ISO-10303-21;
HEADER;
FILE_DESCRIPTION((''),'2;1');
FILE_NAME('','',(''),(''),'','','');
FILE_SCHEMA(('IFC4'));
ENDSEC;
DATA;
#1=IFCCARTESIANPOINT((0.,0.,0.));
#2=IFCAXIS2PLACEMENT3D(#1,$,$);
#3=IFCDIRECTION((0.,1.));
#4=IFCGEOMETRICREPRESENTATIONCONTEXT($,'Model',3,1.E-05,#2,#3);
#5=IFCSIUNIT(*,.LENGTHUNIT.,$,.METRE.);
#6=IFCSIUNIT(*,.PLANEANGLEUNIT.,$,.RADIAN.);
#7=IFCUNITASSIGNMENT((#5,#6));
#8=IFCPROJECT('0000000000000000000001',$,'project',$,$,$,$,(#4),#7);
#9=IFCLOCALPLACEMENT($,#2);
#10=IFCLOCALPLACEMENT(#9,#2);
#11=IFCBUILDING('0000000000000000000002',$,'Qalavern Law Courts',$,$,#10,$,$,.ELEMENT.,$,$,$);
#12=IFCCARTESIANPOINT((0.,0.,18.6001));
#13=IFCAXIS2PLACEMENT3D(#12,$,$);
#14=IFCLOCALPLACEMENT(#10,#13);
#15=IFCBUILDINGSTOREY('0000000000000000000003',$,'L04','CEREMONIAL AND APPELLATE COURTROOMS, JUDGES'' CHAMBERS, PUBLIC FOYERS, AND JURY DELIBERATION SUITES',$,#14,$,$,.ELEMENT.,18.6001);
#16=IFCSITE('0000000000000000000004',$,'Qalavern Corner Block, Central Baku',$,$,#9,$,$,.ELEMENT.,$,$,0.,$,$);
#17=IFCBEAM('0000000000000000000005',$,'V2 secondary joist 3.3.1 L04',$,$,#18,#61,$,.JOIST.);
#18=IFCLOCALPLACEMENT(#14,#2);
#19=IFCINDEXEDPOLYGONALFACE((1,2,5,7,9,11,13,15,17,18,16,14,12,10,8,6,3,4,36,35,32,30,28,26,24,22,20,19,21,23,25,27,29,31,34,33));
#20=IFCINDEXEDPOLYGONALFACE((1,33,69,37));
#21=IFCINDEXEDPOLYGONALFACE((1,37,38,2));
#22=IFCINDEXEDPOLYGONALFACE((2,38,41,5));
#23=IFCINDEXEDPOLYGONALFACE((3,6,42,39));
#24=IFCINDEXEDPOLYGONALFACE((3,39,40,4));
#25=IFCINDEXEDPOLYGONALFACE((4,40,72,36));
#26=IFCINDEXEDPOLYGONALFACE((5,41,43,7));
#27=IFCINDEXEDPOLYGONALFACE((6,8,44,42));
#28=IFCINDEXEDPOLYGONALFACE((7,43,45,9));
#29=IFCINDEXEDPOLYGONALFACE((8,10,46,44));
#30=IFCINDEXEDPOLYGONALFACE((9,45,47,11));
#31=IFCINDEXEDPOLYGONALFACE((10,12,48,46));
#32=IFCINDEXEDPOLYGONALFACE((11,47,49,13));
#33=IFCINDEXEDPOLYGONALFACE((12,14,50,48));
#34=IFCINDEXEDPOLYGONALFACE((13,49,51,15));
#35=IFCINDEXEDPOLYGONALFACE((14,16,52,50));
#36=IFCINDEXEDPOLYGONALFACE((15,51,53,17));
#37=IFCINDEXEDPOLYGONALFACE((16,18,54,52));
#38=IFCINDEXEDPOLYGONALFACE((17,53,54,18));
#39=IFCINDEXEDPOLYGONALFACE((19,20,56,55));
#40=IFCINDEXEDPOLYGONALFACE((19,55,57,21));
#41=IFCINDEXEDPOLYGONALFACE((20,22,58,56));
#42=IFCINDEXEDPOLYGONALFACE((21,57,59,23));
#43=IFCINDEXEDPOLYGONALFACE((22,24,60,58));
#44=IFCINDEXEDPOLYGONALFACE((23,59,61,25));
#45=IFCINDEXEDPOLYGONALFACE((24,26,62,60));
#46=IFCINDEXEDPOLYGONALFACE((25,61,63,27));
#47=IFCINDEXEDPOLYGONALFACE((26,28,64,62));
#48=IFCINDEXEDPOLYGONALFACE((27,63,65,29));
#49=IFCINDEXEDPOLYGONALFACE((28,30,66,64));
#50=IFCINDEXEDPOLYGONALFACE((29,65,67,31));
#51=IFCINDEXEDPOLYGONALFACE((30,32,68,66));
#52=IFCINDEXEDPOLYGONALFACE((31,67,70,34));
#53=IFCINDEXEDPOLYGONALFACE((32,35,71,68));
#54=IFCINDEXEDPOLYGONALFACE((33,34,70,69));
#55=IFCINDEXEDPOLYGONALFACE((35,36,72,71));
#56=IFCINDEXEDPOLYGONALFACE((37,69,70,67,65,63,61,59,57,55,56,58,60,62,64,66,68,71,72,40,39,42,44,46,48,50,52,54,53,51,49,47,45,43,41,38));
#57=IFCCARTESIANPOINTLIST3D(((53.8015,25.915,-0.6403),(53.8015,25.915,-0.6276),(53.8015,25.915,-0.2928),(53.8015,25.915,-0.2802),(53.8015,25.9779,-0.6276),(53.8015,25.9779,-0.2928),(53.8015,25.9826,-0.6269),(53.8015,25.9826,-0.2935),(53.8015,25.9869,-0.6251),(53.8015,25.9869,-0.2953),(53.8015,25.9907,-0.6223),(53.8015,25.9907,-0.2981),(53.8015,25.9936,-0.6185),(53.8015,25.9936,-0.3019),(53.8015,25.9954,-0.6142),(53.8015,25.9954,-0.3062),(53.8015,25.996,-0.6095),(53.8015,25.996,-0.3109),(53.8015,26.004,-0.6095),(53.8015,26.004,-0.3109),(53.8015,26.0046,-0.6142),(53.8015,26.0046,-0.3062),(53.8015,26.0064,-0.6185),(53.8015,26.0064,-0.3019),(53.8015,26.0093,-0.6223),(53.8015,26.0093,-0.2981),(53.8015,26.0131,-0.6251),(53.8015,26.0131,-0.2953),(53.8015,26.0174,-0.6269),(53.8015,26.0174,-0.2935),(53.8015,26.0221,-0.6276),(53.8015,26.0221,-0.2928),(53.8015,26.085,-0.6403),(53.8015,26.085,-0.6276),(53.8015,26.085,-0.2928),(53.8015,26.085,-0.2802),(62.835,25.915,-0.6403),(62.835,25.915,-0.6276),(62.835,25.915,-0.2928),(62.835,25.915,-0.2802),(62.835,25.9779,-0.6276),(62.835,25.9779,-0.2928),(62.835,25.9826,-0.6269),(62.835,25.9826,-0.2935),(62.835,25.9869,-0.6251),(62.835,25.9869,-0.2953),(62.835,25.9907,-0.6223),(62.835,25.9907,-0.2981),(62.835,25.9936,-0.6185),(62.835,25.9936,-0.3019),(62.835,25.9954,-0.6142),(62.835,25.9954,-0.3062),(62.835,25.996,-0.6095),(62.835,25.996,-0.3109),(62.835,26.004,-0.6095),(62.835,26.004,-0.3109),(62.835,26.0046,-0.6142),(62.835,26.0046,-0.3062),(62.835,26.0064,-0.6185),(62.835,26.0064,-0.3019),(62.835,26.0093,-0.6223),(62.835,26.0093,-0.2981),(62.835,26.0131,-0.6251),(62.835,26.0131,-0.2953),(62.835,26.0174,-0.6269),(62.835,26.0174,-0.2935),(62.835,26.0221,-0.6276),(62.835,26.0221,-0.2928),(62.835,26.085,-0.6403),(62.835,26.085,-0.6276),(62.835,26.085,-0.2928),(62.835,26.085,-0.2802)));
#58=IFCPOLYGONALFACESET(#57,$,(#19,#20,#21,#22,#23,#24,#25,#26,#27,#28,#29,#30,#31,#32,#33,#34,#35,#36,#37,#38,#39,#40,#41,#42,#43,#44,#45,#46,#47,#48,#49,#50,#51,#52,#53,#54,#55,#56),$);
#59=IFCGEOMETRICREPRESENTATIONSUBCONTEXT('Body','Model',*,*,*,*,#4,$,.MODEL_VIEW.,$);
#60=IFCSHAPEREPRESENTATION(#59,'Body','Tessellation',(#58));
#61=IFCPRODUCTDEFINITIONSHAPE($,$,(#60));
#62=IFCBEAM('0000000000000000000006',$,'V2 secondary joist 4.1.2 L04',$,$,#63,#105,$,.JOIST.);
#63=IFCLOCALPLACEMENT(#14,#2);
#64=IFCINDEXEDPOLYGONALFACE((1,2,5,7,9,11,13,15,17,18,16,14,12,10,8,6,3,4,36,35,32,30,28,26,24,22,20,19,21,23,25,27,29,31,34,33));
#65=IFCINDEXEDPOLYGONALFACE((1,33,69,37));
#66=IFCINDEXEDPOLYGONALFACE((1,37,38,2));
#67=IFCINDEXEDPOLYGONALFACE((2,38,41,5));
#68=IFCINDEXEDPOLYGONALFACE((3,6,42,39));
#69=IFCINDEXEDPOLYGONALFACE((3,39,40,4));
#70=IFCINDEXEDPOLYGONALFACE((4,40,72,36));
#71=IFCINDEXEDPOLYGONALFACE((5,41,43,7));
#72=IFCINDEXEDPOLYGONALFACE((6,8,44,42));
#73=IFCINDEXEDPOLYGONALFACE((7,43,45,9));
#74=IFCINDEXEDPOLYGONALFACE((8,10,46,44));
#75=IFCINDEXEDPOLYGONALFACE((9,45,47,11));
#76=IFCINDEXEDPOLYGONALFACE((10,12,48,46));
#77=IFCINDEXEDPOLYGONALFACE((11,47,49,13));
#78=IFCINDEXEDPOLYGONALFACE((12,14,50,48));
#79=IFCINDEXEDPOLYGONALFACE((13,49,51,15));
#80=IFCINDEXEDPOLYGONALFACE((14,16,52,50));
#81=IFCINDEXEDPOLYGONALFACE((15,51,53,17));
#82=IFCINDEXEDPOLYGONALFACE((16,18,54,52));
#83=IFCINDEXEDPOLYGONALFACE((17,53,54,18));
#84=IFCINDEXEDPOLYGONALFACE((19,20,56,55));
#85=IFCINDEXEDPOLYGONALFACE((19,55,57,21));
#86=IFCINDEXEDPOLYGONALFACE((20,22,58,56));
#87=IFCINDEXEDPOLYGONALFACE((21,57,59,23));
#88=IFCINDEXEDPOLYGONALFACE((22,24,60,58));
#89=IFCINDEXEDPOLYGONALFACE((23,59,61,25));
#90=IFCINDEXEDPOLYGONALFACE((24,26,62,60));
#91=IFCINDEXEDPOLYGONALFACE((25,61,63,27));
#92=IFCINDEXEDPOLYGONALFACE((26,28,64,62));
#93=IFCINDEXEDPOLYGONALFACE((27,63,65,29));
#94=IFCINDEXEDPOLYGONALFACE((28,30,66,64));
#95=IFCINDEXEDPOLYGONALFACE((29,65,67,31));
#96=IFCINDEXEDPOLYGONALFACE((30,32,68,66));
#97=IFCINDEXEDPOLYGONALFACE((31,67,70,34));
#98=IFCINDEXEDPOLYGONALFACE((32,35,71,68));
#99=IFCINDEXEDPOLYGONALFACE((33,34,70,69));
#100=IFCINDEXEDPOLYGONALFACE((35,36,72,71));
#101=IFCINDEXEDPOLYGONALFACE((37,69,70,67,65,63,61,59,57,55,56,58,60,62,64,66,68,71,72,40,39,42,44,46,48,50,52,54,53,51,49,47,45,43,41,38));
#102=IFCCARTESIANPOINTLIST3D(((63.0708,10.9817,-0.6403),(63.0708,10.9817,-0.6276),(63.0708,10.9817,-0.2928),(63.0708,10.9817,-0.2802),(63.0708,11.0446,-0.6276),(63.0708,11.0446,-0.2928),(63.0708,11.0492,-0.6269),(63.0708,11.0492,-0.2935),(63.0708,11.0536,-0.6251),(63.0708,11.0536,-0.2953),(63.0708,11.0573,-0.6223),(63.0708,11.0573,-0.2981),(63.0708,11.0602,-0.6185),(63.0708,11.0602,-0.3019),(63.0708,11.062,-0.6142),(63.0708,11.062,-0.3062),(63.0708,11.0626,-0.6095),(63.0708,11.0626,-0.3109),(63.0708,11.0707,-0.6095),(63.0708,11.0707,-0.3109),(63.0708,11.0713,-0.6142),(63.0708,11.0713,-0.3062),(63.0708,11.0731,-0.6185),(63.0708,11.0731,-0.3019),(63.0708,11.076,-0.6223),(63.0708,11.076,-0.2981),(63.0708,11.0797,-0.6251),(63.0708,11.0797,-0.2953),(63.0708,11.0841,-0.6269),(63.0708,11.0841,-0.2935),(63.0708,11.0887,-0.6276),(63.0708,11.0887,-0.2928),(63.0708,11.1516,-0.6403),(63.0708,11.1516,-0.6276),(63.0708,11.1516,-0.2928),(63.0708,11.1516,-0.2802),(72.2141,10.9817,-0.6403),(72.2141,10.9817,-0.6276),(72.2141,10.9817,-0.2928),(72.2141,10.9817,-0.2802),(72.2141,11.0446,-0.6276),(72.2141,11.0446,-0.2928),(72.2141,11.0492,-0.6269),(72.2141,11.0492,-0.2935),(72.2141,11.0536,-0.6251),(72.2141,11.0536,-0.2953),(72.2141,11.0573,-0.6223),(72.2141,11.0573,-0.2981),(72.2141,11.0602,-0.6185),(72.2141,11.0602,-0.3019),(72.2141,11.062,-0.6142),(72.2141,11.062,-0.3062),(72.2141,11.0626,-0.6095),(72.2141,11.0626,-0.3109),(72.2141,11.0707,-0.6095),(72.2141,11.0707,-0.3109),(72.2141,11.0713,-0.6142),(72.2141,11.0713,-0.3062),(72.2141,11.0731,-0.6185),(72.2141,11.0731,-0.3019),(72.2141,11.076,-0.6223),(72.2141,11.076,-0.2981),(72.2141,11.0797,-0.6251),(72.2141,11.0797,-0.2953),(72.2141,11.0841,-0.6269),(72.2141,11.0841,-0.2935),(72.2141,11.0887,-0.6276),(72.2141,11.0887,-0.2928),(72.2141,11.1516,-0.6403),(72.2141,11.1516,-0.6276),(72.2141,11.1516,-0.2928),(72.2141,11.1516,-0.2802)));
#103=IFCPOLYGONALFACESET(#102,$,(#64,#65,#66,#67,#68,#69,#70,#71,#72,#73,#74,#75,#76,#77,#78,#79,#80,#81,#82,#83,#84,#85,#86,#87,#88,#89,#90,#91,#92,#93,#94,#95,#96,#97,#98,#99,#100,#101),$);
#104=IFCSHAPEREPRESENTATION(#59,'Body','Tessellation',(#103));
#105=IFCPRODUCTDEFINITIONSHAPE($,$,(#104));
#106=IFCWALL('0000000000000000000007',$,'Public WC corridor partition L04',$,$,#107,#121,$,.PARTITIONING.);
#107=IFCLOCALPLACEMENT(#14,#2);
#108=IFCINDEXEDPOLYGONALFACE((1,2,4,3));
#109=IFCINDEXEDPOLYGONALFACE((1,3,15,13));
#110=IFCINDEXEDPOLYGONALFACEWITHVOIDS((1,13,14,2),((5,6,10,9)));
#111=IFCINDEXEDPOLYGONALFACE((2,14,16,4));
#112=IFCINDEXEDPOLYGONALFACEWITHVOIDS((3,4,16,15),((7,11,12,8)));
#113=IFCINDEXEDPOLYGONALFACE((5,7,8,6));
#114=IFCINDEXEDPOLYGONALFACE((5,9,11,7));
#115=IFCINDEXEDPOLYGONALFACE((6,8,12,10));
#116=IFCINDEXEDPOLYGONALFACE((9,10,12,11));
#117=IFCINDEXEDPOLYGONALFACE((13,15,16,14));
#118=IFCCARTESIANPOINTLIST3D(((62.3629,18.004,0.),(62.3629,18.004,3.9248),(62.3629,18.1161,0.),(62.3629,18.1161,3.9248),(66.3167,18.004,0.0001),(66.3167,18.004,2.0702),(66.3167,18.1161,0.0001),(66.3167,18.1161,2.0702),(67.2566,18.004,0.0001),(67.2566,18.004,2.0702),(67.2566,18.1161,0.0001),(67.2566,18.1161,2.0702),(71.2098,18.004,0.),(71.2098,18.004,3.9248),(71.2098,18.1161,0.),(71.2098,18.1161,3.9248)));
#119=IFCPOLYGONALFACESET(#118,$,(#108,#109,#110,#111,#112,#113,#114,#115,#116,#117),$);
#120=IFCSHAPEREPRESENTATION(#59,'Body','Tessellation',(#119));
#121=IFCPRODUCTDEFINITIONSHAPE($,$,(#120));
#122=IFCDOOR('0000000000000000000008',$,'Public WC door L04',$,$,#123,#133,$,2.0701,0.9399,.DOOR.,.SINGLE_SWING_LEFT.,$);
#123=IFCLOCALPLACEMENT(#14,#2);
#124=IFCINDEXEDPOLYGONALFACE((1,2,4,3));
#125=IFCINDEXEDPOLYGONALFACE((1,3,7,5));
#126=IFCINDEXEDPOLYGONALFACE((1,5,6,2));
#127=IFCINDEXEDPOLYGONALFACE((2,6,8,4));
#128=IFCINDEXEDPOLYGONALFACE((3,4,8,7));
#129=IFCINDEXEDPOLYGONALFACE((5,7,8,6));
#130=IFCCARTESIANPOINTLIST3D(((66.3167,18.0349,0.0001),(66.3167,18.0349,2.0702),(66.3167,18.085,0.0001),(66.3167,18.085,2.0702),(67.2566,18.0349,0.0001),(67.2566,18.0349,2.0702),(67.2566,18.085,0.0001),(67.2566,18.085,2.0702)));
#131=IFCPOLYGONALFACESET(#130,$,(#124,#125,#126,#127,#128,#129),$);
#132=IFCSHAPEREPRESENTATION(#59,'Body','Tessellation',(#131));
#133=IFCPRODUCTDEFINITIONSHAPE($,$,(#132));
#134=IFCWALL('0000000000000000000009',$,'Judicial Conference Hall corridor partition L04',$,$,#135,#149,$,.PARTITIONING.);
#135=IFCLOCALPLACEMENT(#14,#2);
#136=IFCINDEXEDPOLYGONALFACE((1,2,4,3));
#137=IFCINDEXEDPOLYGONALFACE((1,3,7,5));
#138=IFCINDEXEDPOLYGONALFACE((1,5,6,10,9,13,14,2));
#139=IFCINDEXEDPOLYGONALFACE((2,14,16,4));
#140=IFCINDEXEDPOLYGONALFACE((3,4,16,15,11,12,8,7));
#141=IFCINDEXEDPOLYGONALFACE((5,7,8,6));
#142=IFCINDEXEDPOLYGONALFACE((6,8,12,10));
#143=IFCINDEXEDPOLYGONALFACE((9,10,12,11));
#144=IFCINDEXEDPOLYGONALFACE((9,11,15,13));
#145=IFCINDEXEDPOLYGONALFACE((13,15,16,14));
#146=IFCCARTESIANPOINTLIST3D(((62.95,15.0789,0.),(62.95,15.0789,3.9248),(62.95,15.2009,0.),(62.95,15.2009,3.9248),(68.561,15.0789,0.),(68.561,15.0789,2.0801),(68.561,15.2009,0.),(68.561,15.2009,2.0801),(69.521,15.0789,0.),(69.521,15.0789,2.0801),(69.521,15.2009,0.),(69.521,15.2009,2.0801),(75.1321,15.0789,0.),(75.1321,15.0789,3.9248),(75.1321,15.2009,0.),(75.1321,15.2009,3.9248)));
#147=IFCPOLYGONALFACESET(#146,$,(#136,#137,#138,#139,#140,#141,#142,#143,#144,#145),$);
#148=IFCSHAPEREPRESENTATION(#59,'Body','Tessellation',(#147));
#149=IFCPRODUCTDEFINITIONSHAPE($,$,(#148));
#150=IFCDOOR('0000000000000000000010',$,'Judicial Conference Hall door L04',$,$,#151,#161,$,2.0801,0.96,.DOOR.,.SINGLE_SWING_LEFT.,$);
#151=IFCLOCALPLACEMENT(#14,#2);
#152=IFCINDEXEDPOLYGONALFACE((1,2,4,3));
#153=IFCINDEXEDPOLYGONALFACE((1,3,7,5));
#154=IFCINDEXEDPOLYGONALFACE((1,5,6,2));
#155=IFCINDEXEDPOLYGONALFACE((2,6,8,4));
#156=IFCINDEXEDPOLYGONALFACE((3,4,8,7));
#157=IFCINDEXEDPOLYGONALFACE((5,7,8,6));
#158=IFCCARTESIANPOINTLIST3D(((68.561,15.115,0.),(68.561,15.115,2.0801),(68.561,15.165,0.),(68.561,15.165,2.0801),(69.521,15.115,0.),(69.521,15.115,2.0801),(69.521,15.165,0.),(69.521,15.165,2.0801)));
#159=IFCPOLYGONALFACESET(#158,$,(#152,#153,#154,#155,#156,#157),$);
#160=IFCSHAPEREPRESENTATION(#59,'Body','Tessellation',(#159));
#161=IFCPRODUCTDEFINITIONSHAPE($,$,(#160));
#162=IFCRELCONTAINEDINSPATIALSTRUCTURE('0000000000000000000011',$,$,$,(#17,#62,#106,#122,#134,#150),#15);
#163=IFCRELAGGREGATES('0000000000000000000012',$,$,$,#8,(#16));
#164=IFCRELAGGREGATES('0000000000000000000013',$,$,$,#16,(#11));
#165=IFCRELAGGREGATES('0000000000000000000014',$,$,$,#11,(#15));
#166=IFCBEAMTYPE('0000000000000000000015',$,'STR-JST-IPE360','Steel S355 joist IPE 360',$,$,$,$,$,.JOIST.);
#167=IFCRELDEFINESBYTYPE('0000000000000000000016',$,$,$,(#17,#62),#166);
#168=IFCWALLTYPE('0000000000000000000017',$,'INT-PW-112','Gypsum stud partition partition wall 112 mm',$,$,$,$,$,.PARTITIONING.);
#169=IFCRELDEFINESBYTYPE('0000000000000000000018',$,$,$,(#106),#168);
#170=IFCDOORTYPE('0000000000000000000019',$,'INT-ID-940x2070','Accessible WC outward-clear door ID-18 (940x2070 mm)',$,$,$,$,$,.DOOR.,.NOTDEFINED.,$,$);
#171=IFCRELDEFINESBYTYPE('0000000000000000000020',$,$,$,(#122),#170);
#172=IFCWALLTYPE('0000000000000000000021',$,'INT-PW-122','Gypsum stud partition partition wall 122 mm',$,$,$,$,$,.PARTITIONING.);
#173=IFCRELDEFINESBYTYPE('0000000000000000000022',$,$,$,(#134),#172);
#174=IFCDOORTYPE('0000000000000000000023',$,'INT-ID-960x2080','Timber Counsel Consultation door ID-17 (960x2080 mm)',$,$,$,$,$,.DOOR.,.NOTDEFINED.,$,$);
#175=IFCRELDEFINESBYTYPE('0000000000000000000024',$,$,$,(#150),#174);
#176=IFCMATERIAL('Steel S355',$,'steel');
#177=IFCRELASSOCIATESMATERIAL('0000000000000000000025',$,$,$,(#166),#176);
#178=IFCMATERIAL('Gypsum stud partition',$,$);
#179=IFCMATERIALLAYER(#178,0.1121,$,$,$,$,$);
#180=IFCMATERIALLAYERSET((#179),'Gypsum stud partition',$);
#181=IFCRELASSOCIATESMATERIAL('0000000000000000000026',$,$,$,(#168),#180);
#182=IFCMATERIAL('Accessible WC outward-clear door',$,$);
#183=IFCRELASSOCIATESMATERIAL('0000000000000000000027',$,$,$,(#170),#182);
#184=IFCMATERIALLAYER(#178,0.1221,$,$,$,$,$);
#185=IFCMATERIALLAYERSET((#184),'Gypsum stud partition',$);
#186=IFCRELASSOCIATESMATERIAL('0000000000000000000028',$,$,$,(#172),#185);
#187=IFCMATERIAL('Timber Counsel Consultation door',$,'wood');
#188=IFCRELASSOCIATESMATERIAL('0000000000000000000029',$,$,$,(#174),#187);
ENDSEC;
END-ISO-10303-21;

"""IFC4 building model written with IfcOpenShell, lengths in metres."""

from ifc_helpers import new_model, si_unit, direction, frame, frame_2d, origin, origin_2d, place, context, subcontext, project, spatial, rectangle, i_section, extrude, material, layer, layer_set, material_profile, profile_set, type_object, element, fill, save


model = new_model("IFC4")

# Units and contexts
model_context = context("Model", 3, precision=1e-05, world=origin(), true_north=direction((0.0, 1.0)))
body_context = subcontext(model_context, "Body", "Model", "MODEL_VIEW")
ifc_project = project(units=[si_unit("LENGTHUNIT", "METRE"), si_unit("PLANEANGLEUNIT", "RADIAN")], contexts=[model_context])

# Site, building, storey
site_placement = place(None, origin())
site = spatial("IfcSite", under=ifc_project, at=site_placement, Name="Qalavern Corner Block, Central Baku", CompositionType="ELEMENT", RefElevation=0.0)
building_placement = place(site_placement, origin())
building = spatial("IfcBuilding", under=site, at=building_placement, Name="Qalavern Law Courts", CompositionType="ELEMENT")
storey_placement = place(building_placement, frame((0.0, 0.0, 18.6001)))
storey = spatial("IfcBuildingStorey", under=building, at=storey_placement, Name="L04", Description="CEREMONIAL AND APPELLATE COURTROOMS, JUDGES' CHAMBERS, PUBLIC FOYERS, AND JURY DELIBERATION SUITES", CompositionType="ELEMENT", Elevation=18.6001)

# Beams
ifc_material_1 = material(Name="Steel S355", Category="steel")
ifc_material_profile_1 = material_profile(ifc_material_1, i_section(OverallWidth=0.1699, OverallDepth=0.3601, WebThickness=0.0081, FlangeThickness=0.0127, FilletRadius=0.0181, at=origin_2d()), Name="IPE 360")
ifc_profile_set_1 = profile_set([ifc_material_profile_1], Name="Steel S355")
beam_type_1 = type_object("IfcBeamType", Name="STR-JST-IPE360", Description="Steel S355 joist IPE 360", PredefinedType="JOIST", material=ifc_profile_set_1)
for number, where, z_axis, x_axis, name in (
    (1, (53.8015, 26.0, -0.4602), (1.0, 0.0, 0.0), (0.0, 1.0, 0.0), "V2 secondary joist 3.3.1 L04"),
):
    element("IfcBeam", number, at=place(storey_placement, frame(where, z_axis=z_axis, x_axis=x_axis)), inside=storey, type_object=beam_type_1, Name=name, PredefinedType="JOIST", context=body_context, shape_type="SweptSolid", body=[
        extrude(i_section(OverallWidth=0.1699, OverallDepth=0.3601, WebThickness=0.0081, FlangeThickness=0.0127, FilletRadius=0.0181, at=origin_2d()), origin(), (0.0, 0.0, 1.0), 9.0334),
    ])
beam_1_placement = place(storey_placement, frame((63.0708, 11.0667, -0.4602), z_axis=(1.0, 0.0, 0.0), x_axis=(0.0, 1.0, 0.0)))
element("IfcBeam", 2, at=beam_1_placement, inside=storey, type_object=beam_type_1, Name="V2 secondary joist 4.1.2 L04", PredefinedType="JOIST", context=body_context, shape_type="SweptSolid", body=[
    extrude(i_section(OverallWidth=0.1699, OverallDepth=0.3601, WebThickness=0.0081, FlangeThickness=0.0127, FilletRadius=0.0181, at=origin_2d()), origin(), (0.0, 0.0, 1.0), 9.1433),
])

# Walls, openings, doors
ifc_material_2 = material(Name="Gypsum stud partition")
ifc_layer_1 = layer(ifc_material_2, 0.1121)
ifc_layer_set_1 = layer_set([ifc_layer_1], Name="Gypsum stud partition")
wall_type_1 = type_object("IfcWallType", Name="INT-PW-112", Description="Gypsum stud partition partition wall 112 mm", PredefinedType="PARTITIONING", material=ifc_layer_set_1)
wall_1_placement = place(storey_placement, frame((62.363, 18.0601, 0.0), z_axis=(0.0, 0.0, 1.0), x_axis=(1.0, 0.0, 0.0)))
wall_1 = element("IfcWall", 3, at=wall_1_placement, inside=storey, type_object=wall_type_1, Name="Public WC corridor partition L04", PredefinedType="PARTITIONING", context=body_context, shape_type="SweptSolid", body=[
    extrude(rectangle(XDim=8.8469, YDim=0.1121, at=frame_2d((4.4233, 0.0))), origin(), (0.0, 0.0, 1.0), 3.9248),
])
opening_1_placement = place(wall_1_placement, frame((3.9536, 0.0, 0.0)))
opening_1 = element("IfcOpeningElement", 4, at=opening_1_placement, cuts=wall_1, PredefinedType="OPENING", context=body_context, shape_type="SweptSolid", body=[
    extrude(rectangle(XDim=0.9399, YDim=2.0701, at=frame_2d((0.47, 1.0352))), frame((0.0, 0.0708, 0.0), z_axis=(0.0, -1.0, 0.0), x_axis=(1.0, 0.0, 0.0)), (0.0, 0.0, 1.0), 0.1418),
])
ifc_material_3 = material(Name="Accessible WC outward-clear door")
door_type_1 = type_object("IfcDoorType", Name="INT-ID-940x2070", Description="Accessible WC outward-clear door ID-18 (940x2070 mm)", OperationType="NOTDEFINED", PredefinedType="DOOR", material=ifc_material_3)
door_1_placement = place(opening_1_placement, origin())
door_1 = element("IfcDoor", 5, at=door_1_placement, inside=storey, type_object=door_type_1, Name="Public WC door L04", OperationType="SINGLE_SWING_LEFT", OverallHeight=2.0701, OverallWidth=0.9399, PredefinedType="DOOR", context=body_context, shape_type="SweptSolid", body=[
    extrude(rectangle(XDim=0.9399, YDim=2.0701, at=frame_2d((0.47, 1.0352))), frame((0.0, 0.0249, 0.0), z_axis=(0.0, -1.0, 0.0), x_axis=(1.0, 0.0, 0.0)), (0.0, 0.0, 1.0), 0.05),
])
fill(opening_1, door_1)
ifc_layer_2 = layer(ifc_material_2, 0.1221)
ifc_layer_set_2 = layer_set([ifc_layer_2], Name="Gypsum stud partition")
wall_type_2 = type_object("IfcWallType", Name="INT-PW-122", Description="Gypsum stud partition partition wall 122 mm", PredefinedType="PARTITIONING", material=ifc_layer_set_2)
wall_2_placement = place(storey_placement, frame((62.95, 15.1399, 0.0), z_axis=(0.0, 0.0, 1.0), x_axis=(1.0, 0.0, 0.0)))
wall_2 = element("IfcWall", 6, at=wall_2_placement, inside=storey, type_object=wall_type_2, Name="Judicial Conference Hall corridor partition L04", PredefinedType="PARTITIONING", context=body_context, shape_type="SweptSolid", body=[
    extrude(rectangle(XDim=12.1821, YDim=0.1221, at=frame_2d((6.0911, 0.0))), origin(), (0.0, 0.0, 1.0), 3.9248),
])
opening_2_placement = place(wall_2_placement, frame((5.6111, 0.0, 0.0)))
opening_2 = element("IfcOpeningElement", 7, at=opening_2_placement, cuts=wall_2, PredefinedType="OPENING", context=body_context, shape_type="SweptSolid", body=[
    extrude(rectangle(XDim=0.96, YDim=2.0801, at=frame_2d((0.48, 1.04))), frame((0.0, 0.0759, 0.0), z_axis=(0.0, -1.0, 0.0), x_axis=(1.0, 0.0, 0.0)), (0.0, 0.0, 1.0), 0.1519),
])
ifc_material_4 = material(Name="Timber Counsel Consultation door", Category="wood")
door_type_2 = type_object("IfcDoorType", Name="INT-ID-960x2080", Description="Timber Counsel Consultation door ID-17 (960x2080 mm)", OperationType="NOTDEFINED", PredefinedType="DOOR", material=ifc_material_4)
door_2_placement = place(opening_2_placement, frame((0.96, 0.0, 0.0), z_axis=(0.0, 0.0, 1.0), x_axis=(-1.0, 0.0, 0.0)))
door_2 = element("IfcDoor", 8, at=door_2_placement, inside=storey, type_object=door_type_2, Name="Judicial Conference Hall door L04", OperationType="SINGLE_SWING_LEFT", OverallHeight=2.0801, OverallWidth=0.96, PredefinedType="DOOR", context=body_context, shape_type="SweptSolid", body=[
    extrude(rectangle(XDim=0.96, YDim=2.0801, at=frame_2d((0.48, 1.04))), frame((0.0, 0.0249, 0.0), z_axis=(0.0, -1.0, 0.0), x_axis=(1.0, 0.0, 0.0)), (0.0, 0.0, 1.0), 0.05),
])
fill(opening_2, door_2)

save(model, "model.ifc")
